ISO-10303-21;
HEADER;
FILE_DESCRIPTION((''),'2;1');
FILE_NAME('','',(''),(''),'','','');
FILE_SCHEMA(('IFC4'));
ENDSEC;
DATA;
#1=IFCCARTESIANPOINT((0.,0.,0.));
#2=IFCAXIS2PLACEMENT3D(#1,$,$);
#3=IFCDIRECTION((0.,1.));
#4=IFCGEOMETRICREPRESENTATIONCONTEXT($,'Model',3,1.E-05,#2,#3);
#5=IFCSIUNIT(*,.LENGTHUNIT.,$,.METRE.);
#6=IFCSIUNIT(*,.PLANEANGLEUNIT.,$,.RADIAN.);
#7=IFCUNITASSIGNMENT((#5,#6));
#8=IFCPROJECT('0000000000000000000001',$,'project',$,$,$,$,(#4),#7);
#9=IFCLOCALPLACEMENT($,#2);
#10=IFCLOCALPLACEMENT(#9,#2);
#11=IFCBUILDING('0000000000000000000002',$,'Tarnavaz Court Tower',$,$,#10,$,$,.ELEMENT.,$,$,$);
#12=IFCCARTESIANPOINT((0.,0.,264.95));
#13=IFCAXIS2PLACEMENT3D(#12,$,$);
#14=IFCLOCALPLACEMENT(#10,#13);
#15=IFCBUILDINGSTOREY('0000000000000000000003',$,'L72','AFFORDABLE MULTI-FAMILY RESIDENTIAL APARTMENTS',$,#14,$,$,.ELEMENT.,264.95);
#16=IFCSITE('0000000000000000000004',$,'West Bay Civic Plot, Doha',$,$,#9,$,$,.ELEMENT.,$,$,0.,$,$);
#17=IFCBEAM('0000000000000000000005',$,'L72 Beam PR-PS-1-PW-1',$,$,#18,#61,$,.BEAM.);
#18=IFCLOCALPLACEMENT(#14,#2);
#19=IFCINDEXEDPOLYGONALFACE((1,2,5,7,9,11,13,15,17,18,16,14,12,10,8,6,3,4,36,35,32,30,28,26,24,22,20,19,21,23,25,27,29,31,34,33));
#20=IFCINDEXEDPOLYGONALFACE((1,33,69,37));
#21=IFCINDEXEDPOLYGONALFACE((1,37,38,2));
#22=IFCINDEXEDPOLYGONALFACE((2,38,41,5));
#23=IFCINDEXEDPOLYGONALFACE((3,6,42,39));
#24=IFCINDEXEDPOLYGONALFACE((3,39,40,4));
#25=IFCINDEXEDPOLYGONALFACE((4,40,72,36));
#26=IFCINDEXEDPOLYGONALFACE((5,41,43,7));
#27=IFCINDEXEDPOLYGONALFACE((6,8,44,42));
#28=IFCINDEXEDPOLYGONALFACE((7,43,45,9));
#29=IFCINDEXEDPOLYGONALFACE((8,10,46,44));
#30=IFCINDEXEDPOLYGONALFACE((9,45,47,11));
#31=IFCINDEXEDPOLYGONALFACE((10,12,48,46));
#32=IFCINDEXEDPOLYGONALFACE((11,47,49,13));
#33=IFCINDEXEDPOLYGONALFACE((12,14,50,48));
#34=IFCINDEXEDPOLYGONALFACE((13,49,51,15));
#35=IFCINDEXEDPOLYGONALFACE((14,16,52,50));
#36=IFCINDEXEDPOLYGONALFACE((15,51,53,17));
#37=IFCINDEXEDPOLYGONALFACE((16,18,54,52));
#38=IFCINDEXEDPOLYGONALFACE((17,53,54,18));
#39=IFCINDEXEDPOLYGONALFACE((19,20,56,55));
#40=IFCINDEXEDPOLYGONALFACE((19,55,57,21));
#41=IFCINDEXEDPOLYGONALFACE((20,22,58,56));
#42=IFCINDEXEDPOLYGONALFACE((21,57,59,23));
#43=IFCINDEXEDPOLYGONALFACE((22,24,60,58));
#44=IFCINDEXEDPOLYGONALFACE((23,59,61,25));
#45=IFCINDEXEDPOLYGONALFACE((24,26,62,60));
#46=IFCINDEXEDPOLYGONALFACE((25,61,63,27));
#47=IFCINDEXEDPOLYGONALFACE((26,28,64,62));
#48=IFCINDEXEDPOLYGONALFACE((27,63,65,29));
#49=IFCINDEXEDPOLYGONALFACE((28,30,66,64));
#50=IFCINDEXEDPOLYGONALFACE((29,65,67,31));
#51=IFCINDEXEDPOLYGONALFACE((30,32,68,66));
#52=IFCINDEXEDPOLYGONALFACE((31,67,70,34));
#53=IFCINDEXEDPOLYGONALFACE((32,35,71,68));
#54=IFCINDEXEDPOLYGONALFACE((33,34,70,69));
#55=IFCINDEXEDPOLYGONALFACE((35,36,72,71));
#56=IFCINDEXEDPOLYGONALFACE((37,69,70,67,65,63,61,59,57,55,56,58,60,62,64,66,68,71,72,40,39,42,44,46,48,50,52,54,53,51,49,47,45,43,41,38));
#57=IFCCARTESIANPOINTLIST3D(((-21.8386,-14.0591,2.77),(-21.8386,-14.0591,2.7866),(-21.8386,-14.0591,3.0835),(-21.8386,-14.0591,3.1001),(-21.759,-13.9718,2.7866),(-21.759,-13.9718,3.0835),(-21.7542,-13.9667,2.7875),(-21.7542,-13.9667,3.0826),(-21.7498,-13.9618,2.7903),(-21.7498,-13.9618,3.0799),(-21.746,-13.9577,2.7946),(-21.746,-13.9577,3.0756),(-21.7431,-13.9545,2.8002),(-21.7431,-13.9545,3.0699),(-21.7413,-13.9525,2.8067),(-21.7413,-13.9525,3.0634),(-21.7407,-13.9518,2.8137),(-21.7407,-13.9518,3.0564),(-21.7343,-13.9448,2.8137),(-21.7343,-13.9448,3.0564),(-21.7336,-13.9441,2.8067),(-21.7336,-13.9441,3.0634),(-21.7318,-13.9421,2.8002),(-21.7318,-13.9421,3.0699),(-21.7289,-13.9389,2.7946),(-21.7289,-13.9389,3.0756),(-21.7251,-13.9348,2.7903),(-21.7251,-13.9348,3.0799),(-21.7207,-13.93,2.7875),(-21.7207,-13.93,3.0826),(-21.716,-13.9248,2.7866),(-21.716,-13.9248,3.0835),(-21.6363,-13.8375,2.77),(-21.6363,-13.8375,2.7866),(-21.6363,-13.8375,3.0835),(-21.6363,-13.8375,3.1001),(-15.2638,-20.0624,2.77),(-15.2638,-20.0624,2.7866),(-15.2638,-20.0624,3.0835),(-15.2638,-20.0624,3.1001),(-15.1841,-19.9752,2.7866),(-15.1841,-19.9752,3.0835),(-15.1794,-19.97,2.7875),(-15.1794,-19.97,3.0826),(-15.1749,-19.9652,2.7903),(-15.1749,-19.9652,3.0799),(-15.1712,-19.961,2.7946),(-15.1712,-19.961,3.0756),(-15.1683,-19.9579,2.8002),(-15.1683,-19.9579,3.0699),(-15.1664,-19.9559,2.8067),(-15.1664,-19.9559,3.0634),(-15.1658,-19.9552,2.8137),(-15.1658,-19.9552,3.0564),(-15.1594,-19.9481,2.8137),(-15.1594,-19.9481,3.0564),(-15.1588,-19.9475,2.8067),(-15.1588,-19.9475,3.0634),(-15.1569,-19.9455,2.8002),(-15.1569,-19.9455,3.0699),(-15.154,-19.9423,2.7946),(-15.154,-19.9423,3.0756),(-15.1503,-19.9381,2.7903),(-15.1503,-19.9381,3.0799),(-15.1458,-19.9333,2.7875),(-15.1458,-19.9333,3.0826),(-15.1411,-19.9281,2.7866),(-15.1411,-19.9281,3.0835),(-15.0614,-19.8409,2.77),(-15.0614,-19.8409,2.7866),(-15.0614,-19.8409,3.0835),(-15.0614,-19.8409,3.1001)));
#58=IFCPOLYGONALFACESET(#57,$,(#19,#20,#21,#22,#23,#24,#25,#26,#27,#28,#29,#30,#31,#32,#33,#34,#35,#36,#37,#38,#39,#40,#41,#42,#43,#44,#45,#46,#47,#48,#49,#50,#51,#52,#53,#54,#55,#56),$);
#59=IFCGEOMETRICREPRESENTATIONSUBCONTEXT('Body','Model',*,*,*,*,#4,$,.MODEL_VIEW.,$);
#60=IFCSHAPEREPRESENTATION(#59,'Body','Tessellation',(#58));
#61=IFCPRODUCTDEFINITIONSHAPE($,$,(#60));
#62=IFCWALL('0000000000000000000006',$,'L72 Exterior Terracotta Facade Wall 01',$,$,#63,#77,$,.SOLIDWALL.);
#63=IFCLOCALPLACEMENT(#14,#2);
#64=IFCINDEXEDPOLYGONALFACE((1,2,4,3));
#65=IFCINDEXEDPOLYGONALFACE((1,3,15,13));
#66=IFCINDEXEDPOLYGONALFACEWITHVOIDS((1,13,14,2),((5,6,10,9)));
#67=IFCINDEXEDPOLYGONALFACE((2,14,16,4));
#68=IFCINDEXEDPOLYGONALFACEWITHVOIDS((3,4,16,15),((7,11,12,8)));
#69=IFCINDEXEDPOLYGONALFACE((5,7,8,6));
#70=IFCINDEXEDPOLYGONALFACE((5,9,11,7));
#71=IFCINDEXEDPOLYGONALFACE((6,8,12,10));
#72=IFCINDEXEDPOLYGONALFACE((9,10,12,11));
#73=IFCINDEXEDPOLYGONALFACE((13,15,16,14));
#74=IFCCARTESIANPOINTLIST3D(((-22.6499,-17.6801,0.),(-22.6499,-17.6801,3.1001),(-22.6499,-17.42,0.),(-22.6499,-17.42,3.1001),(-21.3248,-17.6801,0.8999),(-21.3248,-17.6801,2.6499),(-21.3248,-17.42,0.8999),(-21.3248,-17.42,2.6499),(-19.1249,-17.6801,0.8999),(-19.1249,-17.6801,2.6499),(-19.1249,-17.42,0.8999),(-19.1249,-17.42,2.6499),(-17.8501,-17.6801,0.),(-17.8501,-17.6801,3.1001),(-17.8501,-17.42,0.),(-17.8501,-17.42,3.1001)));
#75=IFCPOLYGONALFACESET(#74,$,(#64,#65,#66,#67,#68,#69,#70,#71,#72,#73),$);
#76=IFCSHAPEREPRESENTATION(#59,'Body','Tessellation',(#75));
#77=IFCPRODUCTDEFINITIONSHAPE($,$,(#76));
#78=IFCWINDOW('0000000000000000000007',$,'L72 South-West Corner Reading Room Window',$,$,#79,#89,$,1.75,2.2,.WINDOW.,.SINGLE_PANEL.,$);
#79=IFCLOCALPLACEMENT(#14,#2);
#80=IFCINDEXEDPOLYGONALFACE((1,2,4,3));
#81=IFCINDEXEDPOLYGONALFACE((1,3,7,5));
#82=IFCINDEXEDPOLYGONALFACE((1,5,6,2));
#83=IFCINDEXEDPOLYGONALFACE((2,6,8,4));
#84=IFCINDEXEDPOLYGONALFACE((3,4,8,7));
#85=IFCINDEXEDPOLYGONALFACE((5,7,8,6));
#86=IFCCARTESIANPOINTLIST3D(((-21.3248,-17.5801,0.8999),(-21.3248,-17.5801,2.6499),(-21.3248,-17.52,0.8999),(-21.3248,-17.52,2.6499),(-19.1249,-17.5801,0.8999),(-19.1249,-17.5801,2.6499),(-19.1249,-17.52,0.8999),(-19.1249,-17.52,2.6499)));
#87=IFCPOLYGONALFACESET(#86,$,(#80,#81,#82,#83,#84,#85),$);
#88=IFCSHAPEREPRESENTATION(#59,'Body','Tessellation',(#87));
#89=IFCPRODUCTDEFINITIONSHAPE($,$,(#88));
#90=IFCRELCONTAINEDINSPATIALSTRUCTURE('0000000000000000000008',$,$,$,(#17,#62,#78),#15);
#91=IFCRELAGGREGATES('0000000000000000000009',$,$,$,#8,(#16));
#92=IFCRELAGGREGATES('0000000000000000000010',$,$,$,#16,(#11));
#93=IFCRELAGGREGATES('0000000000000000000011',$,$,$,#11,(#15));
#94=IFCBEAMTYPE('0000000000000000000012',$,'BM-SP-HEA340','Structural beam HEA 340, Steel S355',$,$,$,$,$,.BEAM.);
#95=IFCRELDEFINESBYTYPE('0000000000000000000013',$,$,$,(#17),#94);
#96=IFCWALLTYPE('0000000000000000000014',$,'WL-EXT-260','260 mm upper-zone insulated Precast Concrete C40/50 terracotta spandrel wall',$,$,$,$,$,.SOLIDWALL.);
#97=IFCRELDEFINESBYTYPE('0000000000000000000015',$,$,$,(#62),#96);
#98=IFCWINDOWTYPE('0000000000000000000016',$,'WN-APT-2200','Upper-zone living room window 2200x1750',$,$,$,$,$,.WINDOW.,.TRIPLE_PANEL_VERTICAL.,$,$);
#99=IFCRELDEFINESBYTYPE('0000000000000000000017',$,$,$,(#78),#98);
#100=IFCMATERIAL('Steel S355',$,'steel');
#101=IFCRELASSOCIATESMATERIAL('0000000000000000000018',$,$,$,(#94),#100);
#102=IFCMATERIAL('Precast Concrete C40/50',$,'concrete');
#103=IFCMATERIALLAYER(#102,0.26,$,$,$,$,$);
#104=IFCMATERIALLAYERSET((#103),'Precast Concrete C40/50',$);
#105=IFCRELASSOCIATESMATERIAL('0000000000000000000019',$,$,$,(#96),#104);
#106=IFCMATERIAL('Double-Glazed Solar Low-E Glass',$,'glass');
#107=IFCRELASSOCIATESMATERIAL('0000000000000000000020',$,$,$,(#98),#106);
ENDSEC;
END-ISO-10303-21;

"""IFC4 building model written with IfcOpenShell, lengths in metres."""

from ifc_helpers import new_model, si_unit, direction, frame, frame_2d, origin, origin_2d, place, context, subcontext, project, spatial, rectangle, i_section, extrude, material, layer, layer_set, material_profile, profile_set, type_object, element, fill, save


model = new_model("IFC4")

# Units and contexts
model_context = context("Model", 3, precision=1e-05, world=origin(), true_north=direction((0.0, 1.0)))
body_context = subcontext(model_context, "Body", "Model", "MODEL_VIEW")
ifc_project = project(units=[si_unit("LENGTHUNIT", "METRE"), si_unit("PLANEANGLEUNIT", "RADIAN")], contexts=[model_context])

# Site, building, storey
site_placement = place(None, origin())
site = spatial("IfcSite", under=ifc_project, at=site_placement, Name="West Bay Civic Plot, Doha", CompositionType="ELEMENT", RefElevation=0.0)
building_placement = place(site_placement, origin())
building = spatial("IfcBuilding", under=site, at=building_placement, Name="Tarnavaz Court Tower", CompositionType="ELEMENT")
storey_placement = place(building_placement, frame((0.0, 0.0, 264.95)))
storey = spatial("IfcBuildingStorey", under=building, at=storey_placement, Name="L72", Description="AFFORDABLE MULTI-FAMILY RESIDENTIAL APARTMENTS", CompositionType="ELEMENT", Elevation=264.95)

# Beam
ifc_material_1 = material(Name="Steel S355", Category="steel")
ifc_material_profile_1 = material_profile(ifc_material_1, i_section(OverallWidth=0.3, OverallDepth=0.3301, WebThickness=0.0095, FlangeThickness=0.0166, FilletRadius=0.0271, at=origin_2d()), Name="HEA 340")
ifc_profile_set_1 = profile_set([ifc_material_profile_1], Name="Steel S355")
beam_type_1 = type_object("IfcBeamType", Name="BM-SP-HEA340", Description="Structural beam HEA 340, Steel S355", PredefinedType="BEAM", material=ifc_profile_set_1)
beam_1_placement = place(storey_placement, frame((-15.1626, -19.9517, 2.9351), z_axis=(-0.738474, 0.674282, 0.0), x_axis=(-0.674282, -0.738474, 0.0)))
element("IfcBeam", 1, at=beam_1_placement, inside=storey, type_object=beam_type_1, Name="L72 Beam PR-PS-1-PW-1", PredefinedType="BEAM", context=body_context, shape_type="SweptSolid", body=[
    extrude(i_section(OverallWidth=0.3, OverallDepth=0.3301, WebThickness=0.0095, FlangeThickness=0.0166, FilletRadius=0.0271, at=origin_2d()), origin(), (0.0, 0.0, 1.0), 8.9033),
])

# Wall, opening, window
ifc_material_2 = material(Name="Precast Concrete C40/50", Category="concrete")
ifc_layer_1 = layer(ifc_material_2, 0.26)
ifc_layer_set_1 = layer_set([ifc_layer_1], Name="Precast Concrete C40/50")
wall_type_1 = type_object("IfcWallType", Name="WL-EXT-260", Description="260 mm upper-zone insulated Precast Concrete C40/50 terracotta spandrel wall", PredefinedType="SOLIDWALL", material=ifc_layer_set_1)
wall_1_placement = place(storey_placement, frame((-17.8501, -17.55, 0.0), z_axis=(0.0, 0.0, 1.0), x_axis=(-1.0, 0.0, 0.0)))
wall_1 = element("IfcWall", 2, at=wall_1_placement, inside=storey, type_object=wall_type_1, Name="L72 Exterior Terracotta Facade Wall 01", PredefinedType="SOLIDWALL", context=body_context, shape_type="SweptSolid", body=[
    extrude(rectangle(XDim=4.7998, YDim=0.26, at=frame_2d((2.3999, 0.0))), origin(), (0.0, 0.0, 1.0), 3.1001),
])
opening_1_placement = place(wall_1_placement, frame((1.2747, 0.0, 0.8999)))
opening_1 = element("IfcOpeningElement", 3, at=opening_1_placement, cuts=wall_1, PredefinedType="OPENING", context=body_context, shape_type="SweptSolid", body=[
    extrude(rectangle(XDim=2.2, YDim=1.75, at=frame_2d((1.1001, 0.875))), frame((0.0, 0.1399, 0.0), z_axis=(0.0, -1.0, 0.0), x_axis=(1.0, 0.0, 0.0)), (0.0, 0.0, 1.0), 0.28),
])
ifc_material_3 = material(Name="Double-Glazed Solar Low-E Glass", Category="glass")
window_type_1 = type_object("IfcWindowType", Name="WN-APT-2200", Description="Upper-zone living room window 2200x1750", PartitioningType="TRIPLE_PANEL_VERTICAL", PredefinedType="WINDOW", material=ifc_material_3)
window_1_placement = place(opening_1_placement, origin())
window_1 = element("IfcWindow", 4, at=window_1_placement, inside=storey, type_object=window_type_1, Name="L72 South-West Corner Reading Room Window", OverallHeight=1.75, OverallWidth=2.2, PartitioningType="SINGLE_PANEL", PredefinedType="WINDOW", context=body_context, shape_type="SweptSolid", body=[
    extrude(rectangle(XDim=2.2, YDim=1.75, at=frame_2d((1.1001, 0.875))), frame((0.0, 0.03, 0.0), z_axis=(0.0, -1.0, 0.0), x_axis=(1.0, 0.0, 0.0)), (0.0, 0.0, 1.0), 0.0601),
])
fill(opening_1, window_1)

save(model, "model.ifc")
